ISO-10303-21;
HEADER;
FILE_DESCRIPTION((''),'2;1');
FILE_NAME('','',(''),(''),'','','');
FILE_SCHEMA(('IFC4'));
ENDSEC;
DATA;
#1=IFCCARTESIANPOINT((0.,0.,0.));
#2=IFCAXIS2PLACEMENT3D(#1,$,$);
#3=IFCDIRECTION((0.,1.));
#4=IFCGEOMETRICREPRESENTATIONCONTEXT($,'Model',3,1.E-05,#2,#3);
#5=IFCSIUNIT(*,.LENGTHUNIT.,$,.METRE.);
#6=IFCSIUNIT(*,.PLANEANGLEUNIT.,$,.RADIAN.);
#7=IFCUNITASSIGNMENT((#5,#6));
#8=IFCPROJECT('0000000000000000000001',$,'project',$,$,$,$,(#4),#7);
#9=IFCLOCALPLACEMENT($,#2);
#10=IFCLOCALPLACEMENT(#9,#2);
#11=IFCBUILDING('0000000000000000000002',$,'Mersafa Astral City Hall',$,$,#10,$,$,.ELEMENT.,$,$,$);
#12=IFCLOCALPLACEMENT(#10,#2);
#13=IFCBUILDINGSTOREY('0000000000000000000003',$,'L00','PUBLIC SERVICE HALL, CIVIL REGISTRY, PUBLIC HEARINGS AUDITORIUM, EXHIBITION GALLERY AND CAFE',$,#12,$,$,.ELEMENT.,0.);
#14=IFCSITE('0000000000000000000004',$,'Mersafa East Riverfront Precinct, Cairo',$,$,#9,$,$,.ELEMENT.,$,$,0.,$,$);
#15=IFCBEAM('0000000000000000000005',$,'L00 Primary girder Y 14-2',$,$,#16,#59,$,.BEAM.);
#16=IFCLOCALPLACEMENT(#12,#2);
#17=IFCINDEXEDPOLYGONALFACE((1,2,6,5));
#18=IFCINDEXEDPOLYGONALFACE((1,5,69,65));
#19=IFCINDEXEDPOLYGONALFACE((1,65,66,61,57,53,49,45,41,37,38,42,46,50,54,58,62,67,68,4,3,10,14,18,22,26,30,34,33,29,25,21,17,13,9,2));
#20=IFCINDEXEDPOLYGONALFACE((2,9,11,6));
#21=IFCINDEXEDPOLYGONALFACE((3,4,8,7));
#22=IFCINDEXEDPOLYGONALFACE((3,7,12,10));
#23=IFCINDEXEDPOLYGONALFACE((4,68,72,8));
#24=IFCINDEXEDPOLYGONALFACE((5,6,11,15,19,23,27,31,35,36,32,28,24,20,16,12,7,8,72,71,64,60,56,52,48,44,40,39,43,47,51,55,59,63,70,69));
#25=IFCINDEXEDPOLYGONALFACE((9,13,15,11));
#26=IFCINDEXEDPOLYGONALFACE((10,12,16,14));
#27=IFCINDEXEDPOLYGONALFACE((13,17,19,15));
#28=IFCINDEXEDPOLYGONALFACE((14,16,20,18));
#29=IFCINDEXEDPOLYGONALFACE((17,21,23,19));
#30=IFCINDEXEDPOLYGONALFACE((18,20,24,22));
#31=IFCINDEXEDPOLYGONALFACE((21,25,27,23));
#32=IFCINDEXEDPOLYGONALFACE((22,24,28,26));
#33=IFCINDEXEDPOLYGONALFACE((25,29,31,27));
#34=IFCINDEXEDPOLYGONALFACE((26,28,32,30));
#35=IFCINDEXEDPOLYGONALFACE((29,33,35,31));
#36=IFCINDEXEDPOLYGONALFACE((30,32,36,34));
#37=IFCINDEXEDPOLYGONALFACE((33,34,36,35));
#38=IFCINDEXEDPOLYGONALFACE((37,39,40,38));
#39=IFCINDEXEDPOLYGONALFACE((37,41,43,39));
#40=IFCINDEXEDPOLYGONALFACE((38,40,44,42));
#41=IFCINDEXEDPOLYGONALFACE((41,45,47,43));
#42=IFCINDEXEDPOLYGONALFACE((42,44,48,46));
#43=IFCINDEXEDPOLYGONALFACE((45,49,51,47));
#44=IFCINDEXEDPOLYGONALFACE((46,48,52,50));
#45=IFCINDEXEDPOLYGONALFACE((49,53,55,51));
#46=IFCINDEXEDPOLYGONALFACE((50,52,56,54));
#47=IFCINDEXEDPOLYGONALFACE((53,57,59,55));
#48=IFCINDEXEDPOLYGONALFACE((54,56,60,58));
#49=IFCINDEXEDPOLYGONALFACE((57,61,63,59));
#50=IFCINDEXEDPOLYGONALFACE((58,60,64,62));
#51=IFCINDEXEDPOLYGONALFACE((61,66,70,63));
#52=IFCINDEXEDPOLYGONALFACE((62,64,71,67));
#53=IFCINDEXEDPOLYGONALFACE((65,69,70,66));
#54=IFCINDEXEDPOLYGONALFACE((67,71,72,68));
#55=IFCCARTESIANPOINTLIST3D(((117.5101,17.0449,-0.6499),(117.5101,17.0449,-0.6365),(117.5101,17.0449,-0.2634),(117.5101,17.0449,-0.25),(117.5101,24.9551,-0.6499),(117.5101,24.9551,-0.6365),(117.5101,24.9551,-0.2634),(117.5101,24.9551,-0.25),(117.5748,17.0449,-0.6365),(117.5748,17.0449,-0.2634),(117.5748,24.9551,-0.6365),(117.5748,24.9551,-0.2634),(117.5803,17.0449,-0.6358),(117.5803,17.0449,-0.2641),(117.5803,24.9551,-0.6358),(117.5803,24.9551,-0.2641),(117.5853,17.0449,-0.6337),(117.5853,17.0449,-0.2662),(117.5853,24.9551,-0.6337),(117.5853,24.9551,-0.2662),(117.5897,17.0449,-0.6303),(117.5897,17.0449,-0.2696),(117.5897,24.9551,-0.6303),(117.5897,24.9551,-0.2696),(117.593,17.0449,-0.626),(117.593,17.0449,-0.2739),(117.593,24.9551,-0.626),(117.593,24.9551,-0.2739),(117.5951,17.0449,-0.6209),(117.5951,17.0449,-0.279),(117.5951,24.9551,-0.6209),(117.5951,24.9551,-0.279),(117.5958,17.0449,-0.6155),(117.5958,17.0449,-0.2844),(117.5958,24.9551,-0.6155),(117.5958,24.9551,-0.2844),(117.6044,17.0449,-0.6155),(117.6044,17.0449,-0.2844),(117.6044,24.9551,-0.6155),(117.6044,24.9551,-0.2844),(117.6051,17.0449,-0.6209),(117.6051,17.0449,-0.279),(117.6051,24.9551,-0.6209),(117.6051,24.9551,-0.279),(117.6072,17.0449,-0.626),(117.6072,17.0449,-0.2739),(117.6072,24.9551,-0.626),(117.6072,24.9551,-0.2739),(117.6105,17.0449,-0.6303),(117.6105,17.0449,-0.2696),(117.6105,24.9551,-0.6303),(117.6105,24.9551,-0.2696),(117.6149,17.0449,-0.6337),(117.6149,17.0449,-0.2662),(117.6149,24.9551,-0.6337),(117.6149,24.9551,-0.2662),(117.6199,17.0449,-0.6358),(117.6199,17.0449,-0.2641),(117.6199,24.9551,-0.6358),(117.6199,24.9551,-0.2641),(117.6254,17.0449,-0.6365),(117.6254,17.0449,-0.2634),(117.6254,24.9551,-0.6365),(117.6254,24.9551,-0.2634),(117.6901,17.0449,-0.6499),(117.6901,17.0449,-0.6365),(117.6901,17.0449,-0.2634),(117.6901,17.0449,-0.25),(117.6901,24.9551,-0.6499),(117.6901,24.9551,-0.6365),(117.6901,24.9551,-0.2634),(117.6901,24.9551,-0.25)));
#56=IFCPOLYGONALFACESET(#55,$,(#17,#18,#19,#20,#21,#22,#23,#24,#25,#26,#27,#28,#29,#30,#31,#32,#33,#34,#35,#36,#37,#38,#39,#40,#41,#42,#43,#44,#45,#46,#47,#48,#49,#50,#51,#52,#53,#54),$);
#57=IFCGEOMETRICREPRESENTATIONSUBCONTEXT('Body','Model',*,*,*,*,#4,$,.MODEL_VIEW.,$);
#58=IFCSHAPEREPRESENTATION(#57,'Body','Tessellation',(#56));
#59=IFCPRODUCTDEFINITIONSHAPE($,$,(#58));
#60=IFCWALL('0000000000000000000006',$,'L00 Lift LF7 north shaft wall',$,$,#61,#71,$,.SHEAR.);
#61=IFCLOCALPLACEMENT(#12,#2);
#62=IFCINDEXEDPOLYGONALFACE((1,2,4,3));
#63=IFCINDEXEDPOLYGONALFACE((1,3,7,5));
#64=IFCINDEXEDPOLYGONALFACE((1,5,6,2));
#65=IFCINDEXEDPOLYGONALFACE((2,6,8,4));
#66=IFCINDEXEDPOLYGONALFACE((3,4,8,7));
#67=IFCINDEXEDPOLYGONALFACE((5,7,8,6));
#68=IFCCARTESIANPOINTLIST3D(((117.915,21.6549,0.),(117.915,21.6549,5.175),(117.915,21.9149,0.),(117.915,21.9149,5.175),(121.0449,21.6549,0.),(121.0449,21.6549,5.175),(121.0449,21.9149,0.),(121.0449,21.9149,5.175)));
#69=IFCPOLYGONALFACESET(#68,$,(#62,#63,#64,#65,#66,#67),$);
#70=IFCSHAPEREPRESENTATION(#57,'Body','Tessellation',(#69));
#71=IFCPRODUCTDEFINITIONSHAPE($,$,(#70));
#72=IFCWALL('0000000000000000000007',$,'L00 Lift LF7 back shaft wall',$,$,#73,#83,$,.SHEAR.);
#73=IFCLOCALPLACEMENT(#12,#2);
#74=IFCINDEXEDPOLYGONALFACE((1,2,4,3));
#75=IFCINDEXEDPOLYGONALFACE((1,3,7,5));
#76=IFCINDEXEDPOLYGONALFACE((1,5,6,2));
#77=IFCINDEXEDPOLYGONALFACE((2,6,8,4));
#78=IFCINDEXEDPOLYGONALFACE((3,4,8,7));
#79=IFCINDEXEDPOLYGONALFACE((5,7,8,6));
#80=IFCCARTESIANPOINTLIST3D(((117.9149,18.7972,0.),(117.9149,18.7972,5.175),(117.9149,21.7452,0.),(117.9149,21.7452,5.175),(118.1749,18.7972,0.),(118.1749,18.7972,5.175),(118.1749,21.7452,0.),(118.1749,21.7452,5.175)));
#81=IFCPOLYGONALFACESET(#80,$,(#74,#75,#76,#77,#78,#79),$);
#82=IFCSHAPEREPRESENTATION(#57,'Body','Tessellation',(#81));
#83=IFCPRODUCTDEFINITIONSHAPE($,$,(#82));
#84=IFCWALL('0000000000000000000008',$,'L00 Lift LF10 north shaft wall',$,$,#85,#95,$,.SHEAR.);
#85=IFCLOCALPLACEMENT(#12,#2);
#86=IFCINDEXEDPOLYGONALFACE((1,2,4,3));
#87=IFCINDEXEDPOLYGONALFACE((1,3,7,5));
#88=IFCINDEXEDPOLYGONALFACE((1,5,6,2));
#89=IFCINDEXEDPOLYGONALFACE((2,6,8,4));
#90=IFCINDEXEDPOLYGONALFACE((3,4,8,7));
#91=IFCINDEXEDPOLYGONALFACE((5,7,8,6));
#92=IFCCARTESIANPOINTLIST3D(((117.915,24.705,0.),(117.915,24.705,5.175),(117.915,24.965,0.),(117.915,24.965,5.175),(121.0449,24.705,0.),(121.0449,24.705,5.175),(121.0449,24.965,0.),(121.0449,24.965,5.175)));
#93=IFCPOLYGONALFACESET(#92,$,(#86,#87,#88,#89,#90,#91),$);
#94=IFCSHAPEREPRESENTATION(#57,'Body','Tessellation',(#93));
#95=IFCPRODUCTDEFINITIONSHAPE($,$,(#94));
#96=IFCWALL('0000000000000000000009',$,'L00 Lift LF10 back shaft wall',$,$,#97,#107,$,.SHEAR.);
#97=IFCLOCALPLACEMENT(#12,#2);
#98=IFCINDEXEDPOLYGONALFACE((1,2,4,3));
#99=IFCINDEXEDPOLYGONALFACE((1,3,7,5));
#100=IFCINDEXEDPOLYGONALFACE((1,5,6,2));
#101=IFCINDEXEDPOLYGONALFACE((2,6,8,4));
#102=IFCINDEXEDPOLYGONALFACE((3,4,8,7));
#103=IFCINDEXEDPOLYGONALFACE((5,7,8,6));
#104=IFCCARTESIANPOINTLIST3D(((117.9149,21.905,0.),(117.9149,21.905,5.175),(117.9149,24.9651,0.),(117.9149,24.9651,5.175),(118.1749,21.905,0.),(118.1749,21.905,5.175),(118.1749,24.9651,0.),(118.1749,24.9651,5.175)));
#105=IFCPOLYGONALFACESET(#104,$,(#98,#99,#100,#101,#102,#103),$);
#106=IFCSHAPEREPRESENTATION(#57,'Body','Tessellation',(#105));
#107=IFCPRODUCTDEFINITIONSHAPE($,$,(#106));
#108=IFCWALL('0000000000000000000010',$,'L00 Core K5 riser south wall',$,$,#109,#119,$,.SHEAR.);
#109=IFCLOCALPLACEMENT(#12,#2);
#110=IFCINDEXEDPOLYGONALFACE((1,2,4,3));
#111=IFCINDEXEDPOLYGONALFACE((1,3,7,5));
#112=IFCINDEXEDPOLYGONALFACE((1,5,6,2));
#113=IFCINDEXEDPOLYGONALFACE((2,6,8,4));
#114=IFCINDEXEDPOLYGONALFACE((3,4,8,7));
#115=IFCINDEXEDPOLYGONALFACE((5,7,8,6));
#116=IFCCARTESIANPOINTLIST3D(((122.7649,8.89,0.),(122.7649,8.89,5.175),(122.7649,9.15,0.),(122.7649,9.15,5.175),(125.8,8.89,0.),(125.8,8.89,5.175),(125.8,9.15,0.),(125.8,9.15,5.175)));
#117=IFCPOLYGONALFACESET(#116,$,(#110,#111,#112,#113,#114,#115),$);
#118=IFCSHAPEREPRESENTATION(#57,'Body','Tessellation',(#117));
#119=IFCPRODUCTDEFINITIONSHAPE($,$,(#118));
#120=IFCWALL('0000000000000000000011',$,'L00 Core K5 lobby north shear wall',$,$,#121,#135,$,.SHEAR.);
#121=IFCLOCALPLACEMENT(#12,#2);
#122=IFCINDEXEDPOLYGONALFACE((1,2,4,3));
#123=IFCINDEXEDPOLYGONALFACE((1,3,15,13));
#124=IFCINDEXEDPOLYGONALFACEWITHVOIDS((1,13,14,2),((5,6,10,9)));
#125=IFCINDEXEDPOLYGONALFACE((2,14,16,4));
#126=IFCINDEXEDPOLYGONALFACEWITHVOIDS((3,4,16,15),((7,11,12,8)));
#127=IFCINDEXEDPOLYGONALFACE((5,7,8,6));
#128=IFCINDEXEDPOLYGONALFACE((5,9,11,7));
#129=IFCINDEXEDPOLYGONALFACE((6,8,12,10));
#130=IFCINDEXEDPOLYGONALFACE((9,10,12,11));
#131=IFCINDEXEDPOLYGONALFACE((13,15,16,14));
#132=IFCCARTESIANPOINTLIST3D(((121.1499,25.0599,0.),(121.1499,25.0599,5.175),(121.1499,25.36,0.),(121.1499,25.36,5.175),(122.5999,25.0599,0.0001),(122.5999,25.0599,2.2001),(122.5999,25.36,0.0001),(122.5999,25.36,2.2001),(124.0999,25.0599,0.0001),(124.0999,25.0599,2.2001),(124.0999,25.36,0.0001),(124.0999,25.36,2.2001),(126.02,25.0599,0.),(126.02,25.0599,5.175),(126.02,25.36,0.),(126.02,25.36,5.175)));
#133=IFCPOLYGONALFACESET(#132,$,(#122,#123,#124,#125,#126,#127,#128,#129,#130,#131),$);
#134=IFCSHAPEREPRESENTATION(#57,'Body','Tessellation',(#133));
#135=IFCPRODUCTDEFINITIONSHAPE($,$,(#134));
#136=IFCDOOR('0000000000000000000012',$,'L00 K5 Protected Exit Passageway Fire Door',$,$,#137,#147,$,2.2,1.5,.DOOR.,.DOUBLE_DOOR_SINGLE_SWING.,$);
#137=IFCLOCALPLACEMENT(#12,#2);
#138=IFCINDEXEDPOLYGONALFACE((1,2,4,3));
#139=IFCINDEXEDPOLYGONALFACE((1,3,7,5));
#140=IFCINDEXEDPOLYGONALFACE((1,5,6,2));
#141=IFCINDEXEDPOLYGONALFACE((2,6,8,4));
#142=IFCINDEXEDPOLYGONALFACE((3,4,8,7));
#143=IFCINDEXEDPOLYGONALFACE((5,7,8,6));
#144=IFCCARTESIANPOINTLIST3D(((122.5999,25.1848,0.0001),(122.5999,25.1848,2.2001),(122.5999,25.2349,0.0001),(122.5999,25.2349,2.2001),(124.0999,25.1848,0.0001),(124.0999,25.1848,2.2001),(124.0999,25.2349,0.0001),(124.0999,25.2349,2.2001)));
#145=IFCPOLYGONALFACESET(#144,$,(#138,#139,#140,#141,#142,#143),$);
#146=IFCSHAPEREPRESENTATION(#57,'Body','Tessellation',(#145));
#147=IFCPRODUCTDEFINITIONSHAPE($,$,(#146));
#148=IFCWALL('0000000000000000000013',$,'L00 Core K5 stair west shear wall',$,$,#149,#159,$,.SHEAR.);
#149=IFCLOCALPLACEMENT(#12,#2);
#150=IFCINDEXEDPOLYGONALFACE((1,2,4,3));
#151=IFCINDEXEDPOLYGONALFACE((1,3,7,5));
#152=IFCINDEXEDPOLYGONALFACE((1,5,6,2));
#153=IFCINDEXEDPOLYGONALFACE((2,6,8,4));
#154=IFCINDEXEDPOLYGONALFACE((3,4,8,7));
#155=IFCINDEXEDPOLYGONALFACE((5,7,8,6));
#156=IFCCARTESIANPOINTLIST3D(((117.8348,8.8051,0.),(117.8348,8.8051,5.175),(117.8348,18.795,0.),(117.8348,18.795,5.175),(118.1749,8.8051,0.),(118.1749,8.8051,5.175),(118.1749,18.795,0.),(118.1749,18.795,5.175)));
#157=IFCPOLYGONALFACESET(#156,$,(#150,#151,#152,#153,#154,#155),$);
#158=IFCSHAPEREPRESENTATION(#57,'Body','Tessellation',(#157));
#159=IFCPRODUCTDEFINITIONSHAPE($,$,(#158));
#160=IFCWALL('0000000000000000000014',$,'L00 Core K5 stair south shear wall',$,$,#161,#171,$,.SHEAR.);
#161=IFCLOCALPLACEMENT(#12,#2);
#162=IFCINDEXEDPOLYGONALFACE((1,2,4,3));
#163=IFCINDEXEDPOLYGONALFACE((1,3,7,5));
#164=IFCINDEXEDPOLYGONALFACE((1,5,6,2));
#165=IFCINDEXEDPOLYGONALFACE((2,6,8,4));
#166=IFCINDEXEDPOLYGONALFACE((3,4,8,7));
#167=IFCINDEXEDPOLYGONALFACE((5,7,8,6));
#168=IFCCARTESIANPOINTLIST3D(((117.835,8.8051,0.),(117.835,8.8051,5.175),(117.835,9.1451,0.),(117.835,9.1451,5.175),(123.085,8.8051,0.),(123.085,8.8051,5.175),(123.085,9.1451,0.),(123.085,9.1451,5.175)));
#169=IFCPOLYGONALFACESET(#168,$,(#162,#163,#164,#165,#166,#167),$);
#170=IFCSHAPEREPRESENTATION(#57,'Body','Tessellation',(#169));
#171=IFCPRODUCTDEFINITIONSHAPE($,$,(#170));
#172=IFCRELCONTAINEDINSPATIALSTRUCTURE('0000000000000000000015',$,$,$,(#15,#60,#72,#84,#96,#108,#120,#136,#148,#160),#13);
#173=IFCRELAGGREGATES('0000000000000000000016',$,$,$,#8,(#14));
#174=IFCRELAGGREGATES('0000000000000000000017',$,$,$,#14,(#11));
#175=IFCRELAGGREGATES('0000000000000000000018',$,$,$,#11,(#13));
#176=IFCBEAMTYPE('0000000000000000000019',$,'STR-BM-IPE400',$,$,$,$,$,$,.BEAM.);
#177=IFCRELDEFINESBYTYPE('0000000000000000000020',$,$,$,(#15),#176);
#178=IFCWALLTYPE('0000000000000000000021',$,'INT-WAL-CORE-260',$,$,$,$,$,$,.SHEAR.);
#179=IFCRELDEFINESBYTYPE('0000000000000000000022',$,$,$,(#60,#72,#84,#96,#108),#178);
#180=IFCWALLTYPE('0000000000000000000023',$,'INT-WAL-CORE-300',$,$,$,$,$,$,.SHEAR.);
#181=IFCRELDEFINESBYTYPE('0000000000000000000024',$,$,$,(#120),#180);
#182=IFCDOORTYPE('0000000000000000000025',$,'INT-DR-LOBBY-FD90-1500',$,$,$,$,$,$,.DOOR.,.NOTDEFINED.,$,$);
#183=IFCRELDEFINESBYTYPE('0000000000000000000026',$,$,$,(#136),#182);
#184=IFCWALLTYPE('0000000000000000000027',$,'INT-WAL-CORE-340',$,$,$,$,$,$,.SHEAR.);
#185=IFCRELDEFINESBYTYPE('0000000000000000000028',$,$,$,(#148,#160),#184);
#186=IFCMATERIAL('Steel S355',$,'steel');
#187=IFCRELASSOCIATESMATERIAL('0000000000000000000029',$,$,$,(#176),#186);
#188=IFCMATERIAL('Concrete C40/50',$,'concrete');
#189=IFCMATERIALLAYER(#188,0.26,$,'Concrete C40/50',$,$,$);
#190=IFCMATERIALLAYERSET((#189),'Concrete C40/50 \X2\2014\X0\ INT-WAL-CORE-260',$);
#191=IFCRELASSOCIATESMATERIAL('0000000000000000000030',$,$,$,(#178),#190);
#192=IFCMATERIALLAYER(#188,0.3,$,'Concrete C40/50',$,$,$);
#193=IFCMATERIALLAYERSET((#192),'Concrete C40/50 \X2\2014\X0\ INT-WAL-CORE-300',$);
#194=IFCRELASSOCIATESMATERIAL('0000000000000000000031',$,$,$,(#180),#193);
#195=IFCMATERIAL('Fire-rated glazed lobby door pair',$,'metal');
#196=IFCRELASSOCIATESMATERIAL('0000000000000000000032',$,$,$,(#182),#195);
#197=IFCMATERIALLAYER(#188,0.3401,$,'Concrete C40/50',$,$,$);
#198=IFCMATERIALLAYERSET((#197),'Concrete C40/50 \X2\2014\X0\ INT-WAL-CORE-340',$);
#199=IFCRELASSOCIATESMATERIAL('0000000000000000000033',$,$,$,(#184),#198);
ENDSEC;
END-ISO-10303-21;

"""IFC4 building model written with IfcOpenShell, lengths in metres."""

from ifc_helpers import new_model, si_unit, direction, frame, frame_2d, origin, origin_2d, place, context, subcontext, project, spatial, rectangle, i_section, extrude, material, layer, layer_set, material_profile, profile_set, type_object, element, fill, save


model = new_model("IFC4")

# Units and contexts
model_context = context("Model", 3, precision=1e-05, world=origin(), true_north=direction((0.0, 1.0)))
body_context = subcontext(model_context, "Body", "Model", "MODEL_VIEW")
ifc_project = project(units=[si_unit("LENGTHUNIT", "METRE"), si_unit("PLANEANGLEUNIT", "RADIAN")], contexts=[model_context])

# Site, building, storey
site_placement = place(None, origin())
site = spatial("IfcSite", under=ifc_project, at=site_placement, Name="Mersafa East Riverfront Precinct, Cairo", CompositionType="ELEMENT", RefElevation=0.0)
building_placement = place(site_placement, origin())
building = spatial("IfcBuilding", under=site, at=building_placement, Name="Mersafa Astral City Hall", CompositionType="ELEMENT")
storey_placement = place(building_placement, origin())
storey = spatial("IfcBuildingStorey", under=building, at=storey_placement, Name="L00", Description="PUBLIC SERVICE HALL, CIVIL REGISTRY, PUBLIC HEARINGS AUDITORIUM, EXHIBITION GALLERY AND CAFE", CompositionType="ELEMENT", Elevation=0.0)

# Shared definitions
ifc_material_1 = material(Name="Steel S355", Category="steel")

# Beam
ifc_material_profile_1 = material_profile(ifc_material_1, i_section(OverallWidth=0.1799, OverallDepth=0.3999, WebThickness=0.0085, FlangeThickness=0.0134, FilletRadius=0.021, at=origin_2d()), Name="IPE 400")
ifc_profile_set_1 = profile_set([ifc_material_profile_1], Name="Steel S355")
beam_type_1 = type_object("IfcBeamType", Name="STR-BM-IPE400", PredefinedType="BEAM", material=ifc_profile_set_1)
beam_1_placement = place(storey_placement, frame((117.6001, 17.0449, -0.45), z_axis=(0.0, 1.0, 0.0), x_axis=(-1.0, 0.0, 0.0)))
element("IfcBeam", 1, at=beam_1_placement, inside=storey, type_object=beam_type_1, Name="L00 Primary girder Y 14-2", PredefinedType="BEAM", context=body_context, shape_type="SweptSolid", body=[
    extrude(i_section(OverallWidth=0.1799, OverallDepth=0.3999, WebThickness=0.0085, FlangeThickness=0.0134, FilletRadius=0.021, at=origin_2d()), origin(), (0.0, 0.0, 1.0), 7.9102),
])

# Walls
ifc_material_2 = material(Name="Concrete C40/50", Category="concrete")
ifc_layer_1 = layer(ifc_material_2, 0.26, Name="Concrete C40/50")
ifc_layer_set_1 = layer_set([ifc_layer_1], Name="Concrete C40/50 — INT-WAL-CORE-260")
wall_type_1 = type_object("IfcWallType", Name="INT-WAL-CORE-260", PredefinedType="SHEAR", material=ifc_layer_set_1)
wall_1_placement = place(storey_placement, frame((117.915, 21.7849, 0.0), z_axis=(0.0, 0.0, 1.0), x_axis=(1.0, 0.0, 0.0)))
element("IfcWall", 2, at=wall_1_placement, inside=storey, type_object=wall_type_1, Name="L00 Lift LF7 north shaft wall", PredefinedType="SHEAR", context=body_context, shape_type="SweptSolid", body=[
    extrude(rectangle(XDim=3.1299, YDim=0.26, at=frame_2d((1.5649, 0.0))), origin(), (0.0, 0.0, 1.0), 5.175),
])
wall_2_placement = place(storey_placement, frame((118.0449, 18.7971, 0.0), z_axis=(0.0, 0.0, 1.0), x_axis=(0.0, 1.0, 0.0)))
element("IfcWall", 3, at=wall_2_placement, inside=storey, type_object=wall_type_1, Name="L00 Lift LF7 back shaft wall", PredefinedType="SHEAR", context=body_context, shape_type="SweptSolid", body=[
    extrude(rectangle(XDim=2.948, YDim=0.26, at=frame_2d((1.4741, 0.0))), origin(), (0.0, 0.0, 1.0), 5.175),
])

# Walls
wall_3_placement = place(storey_placement, frame((117.915, 24.835, 0.0), z_axis=(0.0, 0.0, 1.0), x_axis=(1.0, 0.0, 0.0)))
element("IfcWall", 4, at=wall_3_placement, inside=storey, type_object=wall_type_1, Name="L00 Lift LF10 north shaft wall", PredefinedType="SHEAR", context=body_context, shape_type="SweptSolid", body=[
    extrude(rectangle(XDim=3.1299, YDim=0.26, at=frame_2d((1.5649, 0.0))), origin(), (0.0, 0.0, 1.0), 5.175),
])
wall_4_placement = place(storey_placement, frame((118.0449, 21.905, 0.0), z_axis=(0.0, 0.0, 1.0), x_axis=(0.0, 1.0, 0.0)))
element("IfcWall", 5, at=wall_4_placement, inside=storey, type_object=wall_type_1, Name="L00 Lift LF10 back shaft wall", PredefinedType="SHEAR", context=body_context, shape_type="SweptSolid", body=[
    extrude(rectangle(XDim=3.0601, YDim=0.26, at=frame_2d((1.53, 0.0))), origin(), (0.0, 0.0, 1.0), 5.175),
])

# Wall
wall_5_placement = place(storey_placement, frame((122.7649, 9.02, 0.0), z_axis=(0.0, 0.0, 1.0), x_axis=(1.0, 0.0, 0.0)))
element("IfcWall", 6, at=wall_5_placement, inside=storey, type_object=wall_type_1, Name="L00 Core K5 riser south wall", PredefinedType="SHEAR", context=body_context, shape_type="SweptSolid", body=[
    extrude(rectangle(XDim=3.0352, YDim=0.26, at=frame_2d((1.5176, 0.0))), origin(), (0.0, 0.0, 1.0), 5.175),
])

# Wall, opening, door
ifc_layer_2 = layer(ifc_material_2, 0.3, Name="Concrete C40/50")
ifc_layer_set_2 = layer_set([ifc_layer_2], Name="Concrete C40/50 — INT-WAL-CORE-300")
wall_type_2 = type_object("IfcWallType", Name="INT-WAL-CORE-300", PredefinedType="SHEAR", material=ifc_layer_set_2)
wall_6_placement = place(storey_placement, frame((121.1499, 25.21, 0.0), z_axis=(0.0, 0.0, 1.0), x_axis=(1.0, 0.0, 0.0)))
wall_6 = element("IfcWall", 7, at=wall_6_placement, inside=storey, type_object=wall_type_2, Name="L00 Core K5 lobby north shear wall", PredefinedType="SHEAR", context=body_context, shape_type="SweptSolid", body=[
    extrude(rectangle(XDim=4.8701, YDim=0.3, at=frame_2d((2.4351, 0.0))), origin(), (0.0, 0.0, 1.0), 5.175),
])
opening_1_placement = place(wall_6_placement, frame((1.45, 0.0, 0.0)))
opening_1 = element("IfcOpeningElement", 8, at=opening_1_placement, cuts=wall_6, PredefinedType="OPENING", context=body_context, shape_type="SweptSolid", body=[
    extrude(rectangle(XDim=1.5, YDim=2.2, at=frame_2d((0.75, 1.1001))), frame((0.0, 0.1599, 0.0), z_axis=(0.0, -1.0, 0.0), x_axis=(1.0, 0.0, 0.0)), (0.0, 0.0, 1.0), 0.3201),
])
ifc_material_3 = material(Name="Fire-rated glazed lobby door pair", Category="metal")
door_type_1 = type_object("IfcDoorType", Name="INT-DR-LOBBY-FD90-1500", OperationType="NOTDEFINED", PredefinedType="DOOR", material=ifc_material_3)
door_1_placement = place(opening_1_placement, origin())
door_1 = element("IfcDoor", 9, at=door_1_placement, inside=storey, type_object=door_type_1, Name="L00 K5 Protected Exit Passageway Fire Door", OperationType="DOUBLE_DOOR_SINGLE_SWING", OverallHeight=2.2, OverallWidth=1.5, PredefinedType="DOOR", context=body_context, shape_type="SweptSolid", body=[
    extrude(rectangle(XDim=1.5, YDim=2.2, at=frame_2d((0.75, 1.1001))), frame((0.0, 0.0249, 0.0), z_axis=(0.0, -1.0, 0.0), x_axis=(1.0, 0.0, 0.0)), (0.0, 0.0, 1.0), 0.05),
])
fill(opening_1, door_1)

# Walls
ifc_layer_3 = layer(ifc_material_2, 0.3401, Name="Concrete C40/50")
ifc_layer_set_3 = layer_set([ifc_layer_3], Name="Concrete C40/50 — INT-WAL-CORE-340")
wall_type_3 = type_object("IfcWallType", Name="INT-WAL-CORE-340", PredefinedType="SHEAR", material=ifc_layer_set_3)
wall_7_placement = place(storey_placement, frame((118.0049, 8.8049, 0.0), z_axis=(0.0, 0.0, 1.0), x_axis=(0.0, 1.0, 0.0)))
element("IfcWall", 10, at=wall_7_placement, inside=storey, type_object=wall_type_3, Name="L00 Core K5 stair west shear wall", PredefinedType="SHEAR", context=body_context, shape_type="SweptSolid", body=[
    extrude(rectangle(XDim=9.99, YDim=0.3401, at=frame_2d((4.9951, 0.0))), origin(), (0.0, 0.0, 1.0), 5.175),
])
wall_8_placement = place(storey_placement, frame((117.835, 8.9751, 0.0), z_axis=(0.0, 0.0, 1.0), x_axis=(1.0, 0.0, 0.0)))
element("IfcWall", 11, at=wall_8_placement, inside=storey, type_object=wall_type_3, Name="L00 Core K5 stair south shear wall", PredefinedType="SHEAR", context=body_context, shape_type="SweptSolid", body=[
    extrude(rectangle(XDim=5.25, YDim=0.3401, at=frame_2d((2.625, 0.0))), origin(), (0.0, 0.0, 1.0), 5.175),
])

save(model, "model.ifc")
